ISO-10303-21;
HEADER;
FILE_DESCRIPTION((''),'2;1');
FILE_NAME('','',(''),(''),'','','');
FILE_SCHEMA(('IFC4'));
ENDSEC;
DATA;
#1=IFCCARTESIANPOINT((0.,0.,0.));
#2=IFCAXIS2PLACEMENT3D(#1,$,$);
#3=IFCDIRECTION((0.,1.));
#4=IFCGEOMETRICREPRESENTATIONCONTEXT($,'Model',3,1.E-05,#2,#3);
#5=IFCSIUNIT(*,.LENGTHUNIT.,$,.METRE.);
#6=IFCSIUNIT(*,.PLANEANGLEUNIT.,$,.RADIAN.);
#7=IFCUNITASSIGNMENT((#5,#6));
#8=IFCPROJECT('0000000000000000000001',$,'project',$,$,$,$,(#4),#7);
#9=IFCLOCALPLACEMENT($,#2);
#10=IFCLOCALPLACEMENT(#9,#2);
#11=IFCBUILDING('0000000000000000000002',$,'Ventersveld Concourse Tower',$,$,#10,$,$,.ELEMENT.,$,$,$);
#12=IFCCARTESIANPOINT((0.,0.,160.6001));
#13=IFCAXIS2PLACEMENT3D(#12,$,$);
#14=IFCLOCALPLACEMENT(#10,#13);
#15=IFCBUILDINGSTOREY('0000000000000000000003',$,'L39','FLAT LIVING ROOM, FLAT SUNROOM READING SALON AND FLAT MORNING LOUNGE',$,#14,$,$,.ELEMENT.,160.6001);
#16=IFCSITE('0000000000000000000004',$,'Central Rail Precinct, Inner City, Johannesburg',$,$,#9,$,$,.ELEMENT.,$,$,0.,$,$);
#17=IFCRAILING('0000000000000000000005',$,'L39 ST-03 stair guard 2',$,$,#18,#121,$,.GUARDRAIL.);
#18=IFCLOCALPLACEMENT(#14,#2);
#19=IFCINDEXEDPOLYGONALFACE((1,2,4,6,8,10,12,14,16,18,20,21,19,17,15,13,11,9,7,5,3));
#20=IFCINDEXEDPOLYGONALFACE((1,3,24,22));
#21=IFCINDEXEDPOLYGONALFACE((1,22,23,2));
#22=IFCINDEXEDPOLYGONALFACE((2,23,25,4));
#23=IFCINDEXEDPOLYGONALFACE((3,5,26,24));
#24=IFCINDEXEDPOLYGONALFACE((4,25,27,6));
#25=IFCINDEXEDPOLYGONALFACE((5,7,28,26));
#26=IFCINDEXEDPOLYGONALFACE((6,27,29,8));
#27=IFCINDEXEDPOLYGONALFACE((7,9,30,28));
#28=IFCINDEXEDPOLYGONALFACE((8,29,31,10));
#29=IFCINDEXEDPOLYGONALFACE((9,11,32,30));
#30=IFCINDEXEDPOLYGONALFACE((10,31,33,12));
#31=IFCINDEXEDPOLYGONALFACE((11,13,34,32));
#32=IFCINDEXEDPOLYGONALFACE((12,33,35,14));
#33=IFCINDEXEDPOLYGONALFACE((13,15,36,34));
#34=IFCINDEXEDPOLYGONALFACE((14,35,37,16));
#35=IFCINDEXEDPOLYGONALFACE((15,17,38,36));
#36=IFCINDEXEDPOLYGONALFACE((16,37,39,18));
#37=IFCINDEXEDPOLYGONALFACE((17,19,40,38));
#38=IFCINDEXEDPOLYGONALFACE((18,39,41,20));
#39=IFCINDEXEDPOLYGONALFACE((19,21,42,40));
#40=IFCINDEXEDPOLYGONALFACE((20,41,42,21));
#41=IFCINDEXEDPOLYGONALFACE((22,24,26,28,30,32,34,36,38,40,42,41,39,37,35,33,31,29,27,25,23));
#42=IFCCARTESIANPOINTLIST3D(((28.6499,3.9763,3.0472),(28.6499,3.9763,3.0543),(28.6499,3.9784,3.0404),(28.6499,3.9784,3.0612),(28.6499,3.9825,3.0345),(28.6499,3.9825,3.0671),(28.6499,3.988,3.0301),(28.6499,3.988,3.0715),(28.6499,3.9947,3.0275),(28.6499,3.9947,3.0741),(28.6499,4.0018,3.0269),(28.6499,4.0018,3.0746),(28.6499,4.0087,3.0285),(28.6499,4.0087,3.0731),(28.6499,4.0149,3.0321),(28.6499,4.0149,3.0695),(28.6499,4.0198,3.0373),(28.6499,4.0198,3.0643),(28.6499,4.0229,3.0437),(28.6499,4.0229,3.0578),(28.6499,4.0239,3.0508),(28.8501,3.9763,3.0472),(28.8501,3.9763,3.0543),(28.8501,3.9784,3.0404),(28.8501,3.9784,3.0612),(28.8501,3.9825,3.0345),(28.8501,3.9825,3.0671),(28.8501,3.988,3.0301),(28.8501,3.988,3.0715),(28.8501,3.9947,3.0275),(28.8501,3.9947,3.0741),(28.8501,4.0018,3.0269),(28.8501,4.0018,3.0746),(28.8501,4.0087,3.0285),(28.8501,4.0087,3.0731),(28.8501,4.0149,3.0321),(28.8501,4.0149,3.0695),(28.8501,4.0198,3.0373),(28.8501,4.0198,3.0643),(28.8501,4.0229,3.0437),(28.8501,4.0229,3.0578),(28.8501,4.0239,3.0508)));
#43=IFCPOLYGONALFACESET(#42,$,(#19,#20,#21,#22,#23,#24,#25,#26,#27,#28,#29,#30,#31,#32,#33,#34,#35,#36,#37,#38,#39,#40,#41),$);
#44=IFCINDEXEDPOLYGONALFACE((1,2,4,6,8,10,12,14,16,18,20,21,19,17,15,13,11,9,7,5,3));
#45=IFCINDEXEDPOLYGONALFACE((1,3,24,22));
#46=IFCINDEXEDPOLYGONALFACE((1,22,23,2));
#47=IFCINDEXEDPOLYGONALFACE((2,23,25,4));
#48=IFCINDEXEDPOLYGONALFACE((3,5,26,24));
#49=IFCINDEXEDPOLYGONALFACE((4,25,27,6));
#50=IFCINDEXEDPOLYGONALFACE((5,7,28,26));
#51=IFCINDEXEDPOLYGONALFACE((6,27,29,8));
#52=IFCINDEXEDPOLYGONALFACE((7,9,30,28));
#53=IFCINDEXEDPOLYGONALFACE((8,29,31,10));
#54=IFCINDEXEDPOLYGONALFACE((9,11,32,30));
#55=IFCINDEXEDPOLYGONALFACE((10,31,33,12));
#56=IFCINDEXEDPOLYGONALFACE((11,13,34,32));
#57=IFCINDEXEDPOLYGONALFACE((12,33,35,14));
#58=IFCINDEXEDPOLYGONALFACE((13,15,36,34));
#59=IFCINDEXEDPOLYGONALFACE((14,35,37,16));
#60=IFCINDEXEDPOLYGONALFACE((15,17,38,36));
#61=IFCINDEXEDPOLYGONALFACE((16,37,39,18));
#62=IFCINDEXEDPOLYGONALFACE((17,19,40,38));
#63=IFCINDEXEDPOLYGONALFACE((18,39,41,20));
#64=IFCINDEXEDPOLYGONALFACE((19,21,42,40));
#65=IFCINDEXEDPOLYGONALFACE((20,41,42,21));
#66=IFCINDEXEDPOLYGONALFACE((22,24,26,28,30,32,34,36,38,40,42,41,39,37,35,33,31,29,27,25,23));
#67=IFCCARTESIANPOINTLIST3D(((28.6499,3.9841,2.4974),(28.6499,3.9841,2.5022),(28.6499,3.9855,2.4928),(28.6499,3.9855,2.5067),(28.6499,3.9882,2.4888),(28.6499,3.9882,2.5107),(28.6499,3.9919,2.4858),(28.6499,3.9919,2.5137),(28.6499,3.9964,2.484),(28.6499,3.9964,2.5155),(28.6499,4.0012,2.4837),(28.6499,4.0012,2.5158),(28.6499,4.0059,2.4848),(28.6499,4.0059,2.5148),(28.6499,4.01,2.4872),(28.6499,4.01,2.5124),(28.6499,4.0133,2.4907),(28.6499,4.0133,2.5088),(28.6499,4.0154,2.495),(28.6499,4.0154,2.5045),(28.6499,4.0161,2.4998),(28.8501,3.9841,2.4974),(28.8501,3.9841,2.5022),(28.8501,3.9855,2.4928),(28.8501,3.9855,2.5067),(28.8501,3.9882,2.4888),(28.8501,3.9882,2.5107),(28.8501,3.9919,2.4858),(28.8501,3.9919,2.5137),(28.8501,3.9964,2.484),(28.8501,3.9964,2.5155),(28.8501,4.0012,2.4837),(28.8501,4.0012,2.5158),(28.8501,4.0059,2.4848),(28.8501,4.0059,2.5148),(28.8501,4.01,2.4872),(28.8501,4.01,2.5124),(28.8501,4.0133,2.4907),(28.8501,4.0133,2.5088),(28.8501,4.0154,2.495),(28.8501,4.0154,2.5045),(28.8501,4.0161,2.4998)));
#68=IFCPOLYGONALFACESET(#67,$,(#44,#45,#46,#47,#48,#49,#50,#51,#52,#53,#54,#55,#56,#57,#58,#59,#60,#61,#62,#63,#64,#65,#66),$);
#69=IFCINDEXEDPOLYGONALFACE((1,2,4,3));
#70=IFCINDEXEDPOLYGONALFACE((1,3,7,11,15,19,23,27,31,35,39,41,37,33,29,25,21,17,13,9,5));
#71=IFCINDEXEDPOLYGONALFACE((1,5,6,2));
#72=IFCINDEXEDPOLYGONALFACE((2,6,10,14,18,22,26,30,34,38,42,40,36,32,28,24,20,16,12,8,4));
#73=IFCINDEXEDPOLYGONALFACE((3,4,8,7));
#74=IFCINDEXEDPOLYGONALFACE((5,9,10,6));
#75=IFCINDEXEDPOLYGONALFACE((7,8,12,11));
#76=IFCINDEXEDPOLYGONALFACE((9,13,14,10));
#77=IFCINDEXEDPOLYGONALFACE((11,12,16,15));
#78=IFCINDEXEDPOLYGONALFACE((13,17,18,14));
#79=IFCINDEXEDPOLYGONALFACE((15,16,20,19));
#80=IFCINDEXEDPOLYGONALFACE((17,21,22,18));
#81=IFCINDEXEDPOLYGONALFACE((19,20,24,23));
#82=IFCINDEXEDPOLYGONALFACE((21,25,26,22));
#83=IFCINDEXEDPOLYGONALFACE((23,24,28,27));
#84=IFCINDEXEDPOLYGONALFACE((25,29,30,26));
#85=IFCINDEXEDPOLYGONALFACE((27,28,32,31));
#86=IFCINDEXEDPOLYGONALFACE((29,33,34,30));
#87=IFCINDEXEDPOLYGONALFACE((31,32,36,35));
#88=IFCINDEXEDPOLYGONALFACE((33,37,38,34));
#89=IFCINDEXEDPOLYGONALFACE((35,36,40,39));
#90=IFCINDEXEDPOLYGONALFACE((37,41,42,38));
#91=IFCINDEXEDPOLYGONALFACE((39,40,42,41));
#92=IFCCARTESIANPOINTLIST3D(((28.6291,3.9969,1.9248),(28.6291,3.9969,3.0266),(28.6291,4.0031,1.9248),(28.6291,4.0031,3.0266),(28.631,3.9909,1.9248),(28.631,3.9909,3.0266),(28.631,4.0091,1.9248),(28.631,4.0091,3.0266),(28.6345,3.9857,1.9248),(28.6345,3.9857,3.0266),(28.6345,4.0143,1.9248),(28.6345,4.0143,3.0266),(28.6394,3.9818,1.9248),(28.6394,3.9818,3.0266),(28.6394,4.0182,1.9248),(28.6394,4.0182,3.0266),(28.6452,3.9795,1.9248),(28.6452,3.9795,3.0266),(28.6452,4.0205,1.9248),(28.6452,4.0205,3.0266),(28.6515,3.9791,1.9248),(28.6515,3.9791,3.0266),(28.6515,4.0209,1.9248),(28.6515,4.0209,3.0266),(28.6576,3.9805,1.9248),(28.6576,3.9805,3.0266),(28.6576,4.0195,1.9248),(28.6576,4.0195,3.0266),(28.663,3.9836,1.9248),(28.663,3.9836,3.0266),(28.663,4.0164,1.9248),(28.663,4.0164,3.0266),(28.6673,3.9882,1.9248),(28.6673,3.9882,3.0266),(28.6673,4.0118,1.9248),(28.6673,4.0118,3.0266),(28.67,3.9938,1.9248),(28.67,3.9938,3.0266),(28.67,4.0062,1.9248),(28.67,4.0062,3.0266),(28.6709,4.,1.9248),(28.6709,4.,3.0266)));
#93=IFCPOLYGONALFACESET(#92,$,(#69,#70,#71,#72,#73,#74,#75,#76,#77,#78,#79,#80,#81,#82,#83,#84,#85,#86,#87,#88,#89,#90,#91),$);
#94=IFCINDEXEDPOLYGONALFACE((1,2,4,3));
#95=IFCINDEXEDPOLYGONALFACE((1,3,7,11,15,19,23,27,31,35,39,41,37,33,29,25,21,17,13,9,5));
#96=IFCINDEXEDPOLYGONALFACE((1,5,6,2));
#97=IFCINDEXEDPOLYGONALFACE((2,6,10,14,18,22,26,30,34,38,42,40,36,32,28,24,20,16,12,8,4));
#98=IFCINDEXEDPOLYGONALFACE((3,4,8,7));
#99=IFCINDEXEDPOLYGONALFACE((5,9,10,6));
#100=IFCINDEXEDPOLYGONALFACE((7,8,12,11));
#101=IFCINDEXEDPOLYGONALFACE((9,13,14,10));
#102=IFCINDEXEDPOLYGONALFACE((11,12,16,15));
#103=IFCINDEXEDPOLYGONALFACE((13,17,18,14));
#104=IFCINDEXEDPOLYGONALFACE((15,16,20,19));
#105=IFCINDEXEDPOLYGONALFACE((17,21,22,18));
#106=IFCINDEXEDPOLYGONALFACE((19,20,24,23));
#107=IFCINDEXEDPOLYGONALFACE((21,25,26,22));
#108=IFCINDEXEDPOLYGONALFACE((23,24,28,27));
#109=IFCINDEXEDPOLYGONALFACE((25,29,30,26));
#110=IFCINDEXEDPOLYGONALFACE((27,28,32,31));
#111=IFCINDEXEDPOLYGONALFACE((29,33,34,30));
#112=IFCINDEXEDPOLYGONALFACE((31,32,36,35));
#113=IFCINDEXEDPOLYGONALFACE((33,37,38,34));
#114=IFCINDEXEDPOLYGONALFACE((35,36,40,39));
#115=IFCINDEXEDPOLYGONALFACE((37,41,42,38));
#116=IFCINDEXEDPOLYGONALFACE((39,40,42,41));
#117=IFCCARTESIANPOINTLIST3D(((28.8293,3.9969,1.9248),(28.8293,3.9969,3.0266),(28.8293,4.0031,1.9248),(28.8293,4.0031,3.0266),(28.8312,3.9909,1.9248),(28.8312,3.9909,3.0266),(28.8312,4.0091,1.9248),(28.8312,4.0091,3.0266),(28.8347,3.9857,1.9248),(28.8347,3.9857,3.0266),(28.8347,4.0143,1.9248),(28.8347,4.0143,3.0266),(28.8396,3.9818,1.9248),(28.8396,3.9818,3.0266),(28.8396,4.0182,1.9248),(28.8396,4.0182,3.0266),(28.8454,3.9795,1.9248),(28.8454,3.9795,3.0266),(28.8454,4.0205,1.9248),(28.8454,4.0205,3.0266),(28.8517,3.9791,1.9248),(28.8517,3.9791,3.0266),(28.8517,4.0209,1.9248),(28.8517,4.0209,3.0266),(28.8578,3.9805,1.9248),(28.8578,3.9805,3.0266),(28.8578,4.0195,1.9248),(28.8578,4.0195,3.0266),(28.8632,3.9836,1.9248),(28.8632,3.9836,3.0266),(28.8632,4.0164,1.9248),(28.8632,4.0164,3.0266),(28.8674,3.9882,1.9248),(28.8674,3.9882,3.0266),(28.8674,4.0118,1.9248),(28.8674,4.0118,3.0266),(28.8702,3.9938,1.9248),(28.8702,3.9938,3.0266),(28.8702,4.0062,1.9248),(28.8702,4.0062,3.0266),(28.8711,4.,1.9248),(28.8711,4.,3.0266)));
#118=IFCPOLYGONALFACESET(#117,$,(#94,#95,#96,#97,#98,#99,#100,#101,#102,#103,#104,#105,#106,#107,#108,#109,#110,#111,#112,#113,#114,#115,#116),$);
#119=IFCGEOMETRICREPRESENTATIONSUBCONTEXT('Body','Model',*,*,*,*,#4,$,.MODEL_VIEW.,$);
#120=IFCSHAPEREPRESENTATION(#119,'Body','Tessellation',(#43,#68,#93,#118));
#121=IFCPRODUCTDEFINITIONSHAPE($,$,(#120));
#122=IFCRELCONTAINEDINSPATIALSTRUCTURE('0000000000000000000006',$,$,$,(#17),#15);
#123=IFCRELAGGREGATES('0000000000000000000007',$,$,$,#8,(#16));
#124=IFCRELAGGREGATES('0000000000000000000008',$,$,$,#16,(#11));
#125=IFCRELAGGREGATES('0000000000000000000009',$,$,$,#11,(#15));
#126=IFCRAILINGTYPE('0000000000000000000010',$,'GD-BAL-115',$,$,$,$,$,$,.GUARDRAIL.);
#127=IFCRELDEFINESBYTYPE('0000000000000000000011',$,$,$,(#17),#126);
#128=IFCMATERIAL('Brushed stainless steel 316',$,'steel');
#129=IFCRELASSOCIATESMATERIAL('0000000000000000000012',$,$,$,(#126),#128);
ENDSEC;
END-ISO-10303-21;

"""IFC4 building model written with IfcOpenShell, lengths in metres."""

from ifc_helpers import new_model, si_unit, direction, frame, origin, origin_2d, place, context, subcontext, project, spatial, circle, extrude, material, type_object, element, save


model = new_model("IFC4")

# Units and contexts
model_context = context("Model", 3, precision=1e-05, world=origin(), true_north=direction((0.0, 1.0)))
body_context = subcontext(model_context, "Body", "Model", "MODEL_VIEW")
ifc_project = project(units=[si_unit("LENGTHUNIT", "METRE"), si_unit("PLANEANGLEUNIT", "RADIAN")], contexts=[model_context])

# Site, building, storey
site_placement = place(None, origin())
site = spatial("IfcSite", under=ifc_project, at=site_placement, Name="Central Rail Precinct, Inner City, Johannesburg", CompositionType="ELEMENT", RefElevation=0.0)
building_placement = place(site_placement, origin())
building = spatial("IfcBuilding", under=site, at=building_placement, Name="Ventersveld Concourse Tower", CompositionType="ELEMENT")
storey_placement = place(building_placement, frame((0.0, 0.0, 160.6001)))
storey = spatial("IfcBuildingStorey", under=building, at=storey_placement, Name="L39", Description="FLAT LIVING ROOM, FLAT SUNROOM READING SALON AND FLAT MORNING LOUNGE", CompositionType="ELEMENT", Elevation=160.6001)

# Shared definitions
ifc_material_1 = material(Name="Brushed stainless steel 316", Category="steel")

# Railing
railing_type_1 = type_object("IfcRailingType", Name="GD-BAL-115", PredefinedType="GUARDRAIL", material=ifc_material_1)
railing_1_placement = place(storey_placement, frame((28.6499, 4.0, 1.9248)))
element("IfcRailing", 1, at=railing_1_placement, inside=storey, type_object=railing_type_1, Name="L39 ST-03 stair guard 2", PredefinedType="GUARDRAIL", context=body_context, shape_type="SweptSolid", body=[
    extrude(circle(Radius=0.0239, at=origin_2d()), frame((0.0, 0.0, 1.126), z_axis=(1.0, 0.0, 0.0), x_axis=(0.0, 1.0, 0.0)), (0.0, 0.0, 1.0), 0.2002),
    extrude(circle(Radius=0.0161, at=origin_2d()), frame((0.0, 0.0, 0.575), z_axis=(1.0, 0.0, 0.0), x_axis=(0.0, 1.0, 0.0)), (0.0, 0.0, 1.0), 0.2002),
    extrude(circle(Radius=0.021, at=origin_2d()), origin(), (0.0, 0.0, 1.0), 1.1018),
    extrude(circle(Radius=0.021, at=origin_2d()), frame((0.2002, 0.0, 0.0)), (0.0, 0.0, 1.0), 1.1018),
])

save(model, "model.ifc")
